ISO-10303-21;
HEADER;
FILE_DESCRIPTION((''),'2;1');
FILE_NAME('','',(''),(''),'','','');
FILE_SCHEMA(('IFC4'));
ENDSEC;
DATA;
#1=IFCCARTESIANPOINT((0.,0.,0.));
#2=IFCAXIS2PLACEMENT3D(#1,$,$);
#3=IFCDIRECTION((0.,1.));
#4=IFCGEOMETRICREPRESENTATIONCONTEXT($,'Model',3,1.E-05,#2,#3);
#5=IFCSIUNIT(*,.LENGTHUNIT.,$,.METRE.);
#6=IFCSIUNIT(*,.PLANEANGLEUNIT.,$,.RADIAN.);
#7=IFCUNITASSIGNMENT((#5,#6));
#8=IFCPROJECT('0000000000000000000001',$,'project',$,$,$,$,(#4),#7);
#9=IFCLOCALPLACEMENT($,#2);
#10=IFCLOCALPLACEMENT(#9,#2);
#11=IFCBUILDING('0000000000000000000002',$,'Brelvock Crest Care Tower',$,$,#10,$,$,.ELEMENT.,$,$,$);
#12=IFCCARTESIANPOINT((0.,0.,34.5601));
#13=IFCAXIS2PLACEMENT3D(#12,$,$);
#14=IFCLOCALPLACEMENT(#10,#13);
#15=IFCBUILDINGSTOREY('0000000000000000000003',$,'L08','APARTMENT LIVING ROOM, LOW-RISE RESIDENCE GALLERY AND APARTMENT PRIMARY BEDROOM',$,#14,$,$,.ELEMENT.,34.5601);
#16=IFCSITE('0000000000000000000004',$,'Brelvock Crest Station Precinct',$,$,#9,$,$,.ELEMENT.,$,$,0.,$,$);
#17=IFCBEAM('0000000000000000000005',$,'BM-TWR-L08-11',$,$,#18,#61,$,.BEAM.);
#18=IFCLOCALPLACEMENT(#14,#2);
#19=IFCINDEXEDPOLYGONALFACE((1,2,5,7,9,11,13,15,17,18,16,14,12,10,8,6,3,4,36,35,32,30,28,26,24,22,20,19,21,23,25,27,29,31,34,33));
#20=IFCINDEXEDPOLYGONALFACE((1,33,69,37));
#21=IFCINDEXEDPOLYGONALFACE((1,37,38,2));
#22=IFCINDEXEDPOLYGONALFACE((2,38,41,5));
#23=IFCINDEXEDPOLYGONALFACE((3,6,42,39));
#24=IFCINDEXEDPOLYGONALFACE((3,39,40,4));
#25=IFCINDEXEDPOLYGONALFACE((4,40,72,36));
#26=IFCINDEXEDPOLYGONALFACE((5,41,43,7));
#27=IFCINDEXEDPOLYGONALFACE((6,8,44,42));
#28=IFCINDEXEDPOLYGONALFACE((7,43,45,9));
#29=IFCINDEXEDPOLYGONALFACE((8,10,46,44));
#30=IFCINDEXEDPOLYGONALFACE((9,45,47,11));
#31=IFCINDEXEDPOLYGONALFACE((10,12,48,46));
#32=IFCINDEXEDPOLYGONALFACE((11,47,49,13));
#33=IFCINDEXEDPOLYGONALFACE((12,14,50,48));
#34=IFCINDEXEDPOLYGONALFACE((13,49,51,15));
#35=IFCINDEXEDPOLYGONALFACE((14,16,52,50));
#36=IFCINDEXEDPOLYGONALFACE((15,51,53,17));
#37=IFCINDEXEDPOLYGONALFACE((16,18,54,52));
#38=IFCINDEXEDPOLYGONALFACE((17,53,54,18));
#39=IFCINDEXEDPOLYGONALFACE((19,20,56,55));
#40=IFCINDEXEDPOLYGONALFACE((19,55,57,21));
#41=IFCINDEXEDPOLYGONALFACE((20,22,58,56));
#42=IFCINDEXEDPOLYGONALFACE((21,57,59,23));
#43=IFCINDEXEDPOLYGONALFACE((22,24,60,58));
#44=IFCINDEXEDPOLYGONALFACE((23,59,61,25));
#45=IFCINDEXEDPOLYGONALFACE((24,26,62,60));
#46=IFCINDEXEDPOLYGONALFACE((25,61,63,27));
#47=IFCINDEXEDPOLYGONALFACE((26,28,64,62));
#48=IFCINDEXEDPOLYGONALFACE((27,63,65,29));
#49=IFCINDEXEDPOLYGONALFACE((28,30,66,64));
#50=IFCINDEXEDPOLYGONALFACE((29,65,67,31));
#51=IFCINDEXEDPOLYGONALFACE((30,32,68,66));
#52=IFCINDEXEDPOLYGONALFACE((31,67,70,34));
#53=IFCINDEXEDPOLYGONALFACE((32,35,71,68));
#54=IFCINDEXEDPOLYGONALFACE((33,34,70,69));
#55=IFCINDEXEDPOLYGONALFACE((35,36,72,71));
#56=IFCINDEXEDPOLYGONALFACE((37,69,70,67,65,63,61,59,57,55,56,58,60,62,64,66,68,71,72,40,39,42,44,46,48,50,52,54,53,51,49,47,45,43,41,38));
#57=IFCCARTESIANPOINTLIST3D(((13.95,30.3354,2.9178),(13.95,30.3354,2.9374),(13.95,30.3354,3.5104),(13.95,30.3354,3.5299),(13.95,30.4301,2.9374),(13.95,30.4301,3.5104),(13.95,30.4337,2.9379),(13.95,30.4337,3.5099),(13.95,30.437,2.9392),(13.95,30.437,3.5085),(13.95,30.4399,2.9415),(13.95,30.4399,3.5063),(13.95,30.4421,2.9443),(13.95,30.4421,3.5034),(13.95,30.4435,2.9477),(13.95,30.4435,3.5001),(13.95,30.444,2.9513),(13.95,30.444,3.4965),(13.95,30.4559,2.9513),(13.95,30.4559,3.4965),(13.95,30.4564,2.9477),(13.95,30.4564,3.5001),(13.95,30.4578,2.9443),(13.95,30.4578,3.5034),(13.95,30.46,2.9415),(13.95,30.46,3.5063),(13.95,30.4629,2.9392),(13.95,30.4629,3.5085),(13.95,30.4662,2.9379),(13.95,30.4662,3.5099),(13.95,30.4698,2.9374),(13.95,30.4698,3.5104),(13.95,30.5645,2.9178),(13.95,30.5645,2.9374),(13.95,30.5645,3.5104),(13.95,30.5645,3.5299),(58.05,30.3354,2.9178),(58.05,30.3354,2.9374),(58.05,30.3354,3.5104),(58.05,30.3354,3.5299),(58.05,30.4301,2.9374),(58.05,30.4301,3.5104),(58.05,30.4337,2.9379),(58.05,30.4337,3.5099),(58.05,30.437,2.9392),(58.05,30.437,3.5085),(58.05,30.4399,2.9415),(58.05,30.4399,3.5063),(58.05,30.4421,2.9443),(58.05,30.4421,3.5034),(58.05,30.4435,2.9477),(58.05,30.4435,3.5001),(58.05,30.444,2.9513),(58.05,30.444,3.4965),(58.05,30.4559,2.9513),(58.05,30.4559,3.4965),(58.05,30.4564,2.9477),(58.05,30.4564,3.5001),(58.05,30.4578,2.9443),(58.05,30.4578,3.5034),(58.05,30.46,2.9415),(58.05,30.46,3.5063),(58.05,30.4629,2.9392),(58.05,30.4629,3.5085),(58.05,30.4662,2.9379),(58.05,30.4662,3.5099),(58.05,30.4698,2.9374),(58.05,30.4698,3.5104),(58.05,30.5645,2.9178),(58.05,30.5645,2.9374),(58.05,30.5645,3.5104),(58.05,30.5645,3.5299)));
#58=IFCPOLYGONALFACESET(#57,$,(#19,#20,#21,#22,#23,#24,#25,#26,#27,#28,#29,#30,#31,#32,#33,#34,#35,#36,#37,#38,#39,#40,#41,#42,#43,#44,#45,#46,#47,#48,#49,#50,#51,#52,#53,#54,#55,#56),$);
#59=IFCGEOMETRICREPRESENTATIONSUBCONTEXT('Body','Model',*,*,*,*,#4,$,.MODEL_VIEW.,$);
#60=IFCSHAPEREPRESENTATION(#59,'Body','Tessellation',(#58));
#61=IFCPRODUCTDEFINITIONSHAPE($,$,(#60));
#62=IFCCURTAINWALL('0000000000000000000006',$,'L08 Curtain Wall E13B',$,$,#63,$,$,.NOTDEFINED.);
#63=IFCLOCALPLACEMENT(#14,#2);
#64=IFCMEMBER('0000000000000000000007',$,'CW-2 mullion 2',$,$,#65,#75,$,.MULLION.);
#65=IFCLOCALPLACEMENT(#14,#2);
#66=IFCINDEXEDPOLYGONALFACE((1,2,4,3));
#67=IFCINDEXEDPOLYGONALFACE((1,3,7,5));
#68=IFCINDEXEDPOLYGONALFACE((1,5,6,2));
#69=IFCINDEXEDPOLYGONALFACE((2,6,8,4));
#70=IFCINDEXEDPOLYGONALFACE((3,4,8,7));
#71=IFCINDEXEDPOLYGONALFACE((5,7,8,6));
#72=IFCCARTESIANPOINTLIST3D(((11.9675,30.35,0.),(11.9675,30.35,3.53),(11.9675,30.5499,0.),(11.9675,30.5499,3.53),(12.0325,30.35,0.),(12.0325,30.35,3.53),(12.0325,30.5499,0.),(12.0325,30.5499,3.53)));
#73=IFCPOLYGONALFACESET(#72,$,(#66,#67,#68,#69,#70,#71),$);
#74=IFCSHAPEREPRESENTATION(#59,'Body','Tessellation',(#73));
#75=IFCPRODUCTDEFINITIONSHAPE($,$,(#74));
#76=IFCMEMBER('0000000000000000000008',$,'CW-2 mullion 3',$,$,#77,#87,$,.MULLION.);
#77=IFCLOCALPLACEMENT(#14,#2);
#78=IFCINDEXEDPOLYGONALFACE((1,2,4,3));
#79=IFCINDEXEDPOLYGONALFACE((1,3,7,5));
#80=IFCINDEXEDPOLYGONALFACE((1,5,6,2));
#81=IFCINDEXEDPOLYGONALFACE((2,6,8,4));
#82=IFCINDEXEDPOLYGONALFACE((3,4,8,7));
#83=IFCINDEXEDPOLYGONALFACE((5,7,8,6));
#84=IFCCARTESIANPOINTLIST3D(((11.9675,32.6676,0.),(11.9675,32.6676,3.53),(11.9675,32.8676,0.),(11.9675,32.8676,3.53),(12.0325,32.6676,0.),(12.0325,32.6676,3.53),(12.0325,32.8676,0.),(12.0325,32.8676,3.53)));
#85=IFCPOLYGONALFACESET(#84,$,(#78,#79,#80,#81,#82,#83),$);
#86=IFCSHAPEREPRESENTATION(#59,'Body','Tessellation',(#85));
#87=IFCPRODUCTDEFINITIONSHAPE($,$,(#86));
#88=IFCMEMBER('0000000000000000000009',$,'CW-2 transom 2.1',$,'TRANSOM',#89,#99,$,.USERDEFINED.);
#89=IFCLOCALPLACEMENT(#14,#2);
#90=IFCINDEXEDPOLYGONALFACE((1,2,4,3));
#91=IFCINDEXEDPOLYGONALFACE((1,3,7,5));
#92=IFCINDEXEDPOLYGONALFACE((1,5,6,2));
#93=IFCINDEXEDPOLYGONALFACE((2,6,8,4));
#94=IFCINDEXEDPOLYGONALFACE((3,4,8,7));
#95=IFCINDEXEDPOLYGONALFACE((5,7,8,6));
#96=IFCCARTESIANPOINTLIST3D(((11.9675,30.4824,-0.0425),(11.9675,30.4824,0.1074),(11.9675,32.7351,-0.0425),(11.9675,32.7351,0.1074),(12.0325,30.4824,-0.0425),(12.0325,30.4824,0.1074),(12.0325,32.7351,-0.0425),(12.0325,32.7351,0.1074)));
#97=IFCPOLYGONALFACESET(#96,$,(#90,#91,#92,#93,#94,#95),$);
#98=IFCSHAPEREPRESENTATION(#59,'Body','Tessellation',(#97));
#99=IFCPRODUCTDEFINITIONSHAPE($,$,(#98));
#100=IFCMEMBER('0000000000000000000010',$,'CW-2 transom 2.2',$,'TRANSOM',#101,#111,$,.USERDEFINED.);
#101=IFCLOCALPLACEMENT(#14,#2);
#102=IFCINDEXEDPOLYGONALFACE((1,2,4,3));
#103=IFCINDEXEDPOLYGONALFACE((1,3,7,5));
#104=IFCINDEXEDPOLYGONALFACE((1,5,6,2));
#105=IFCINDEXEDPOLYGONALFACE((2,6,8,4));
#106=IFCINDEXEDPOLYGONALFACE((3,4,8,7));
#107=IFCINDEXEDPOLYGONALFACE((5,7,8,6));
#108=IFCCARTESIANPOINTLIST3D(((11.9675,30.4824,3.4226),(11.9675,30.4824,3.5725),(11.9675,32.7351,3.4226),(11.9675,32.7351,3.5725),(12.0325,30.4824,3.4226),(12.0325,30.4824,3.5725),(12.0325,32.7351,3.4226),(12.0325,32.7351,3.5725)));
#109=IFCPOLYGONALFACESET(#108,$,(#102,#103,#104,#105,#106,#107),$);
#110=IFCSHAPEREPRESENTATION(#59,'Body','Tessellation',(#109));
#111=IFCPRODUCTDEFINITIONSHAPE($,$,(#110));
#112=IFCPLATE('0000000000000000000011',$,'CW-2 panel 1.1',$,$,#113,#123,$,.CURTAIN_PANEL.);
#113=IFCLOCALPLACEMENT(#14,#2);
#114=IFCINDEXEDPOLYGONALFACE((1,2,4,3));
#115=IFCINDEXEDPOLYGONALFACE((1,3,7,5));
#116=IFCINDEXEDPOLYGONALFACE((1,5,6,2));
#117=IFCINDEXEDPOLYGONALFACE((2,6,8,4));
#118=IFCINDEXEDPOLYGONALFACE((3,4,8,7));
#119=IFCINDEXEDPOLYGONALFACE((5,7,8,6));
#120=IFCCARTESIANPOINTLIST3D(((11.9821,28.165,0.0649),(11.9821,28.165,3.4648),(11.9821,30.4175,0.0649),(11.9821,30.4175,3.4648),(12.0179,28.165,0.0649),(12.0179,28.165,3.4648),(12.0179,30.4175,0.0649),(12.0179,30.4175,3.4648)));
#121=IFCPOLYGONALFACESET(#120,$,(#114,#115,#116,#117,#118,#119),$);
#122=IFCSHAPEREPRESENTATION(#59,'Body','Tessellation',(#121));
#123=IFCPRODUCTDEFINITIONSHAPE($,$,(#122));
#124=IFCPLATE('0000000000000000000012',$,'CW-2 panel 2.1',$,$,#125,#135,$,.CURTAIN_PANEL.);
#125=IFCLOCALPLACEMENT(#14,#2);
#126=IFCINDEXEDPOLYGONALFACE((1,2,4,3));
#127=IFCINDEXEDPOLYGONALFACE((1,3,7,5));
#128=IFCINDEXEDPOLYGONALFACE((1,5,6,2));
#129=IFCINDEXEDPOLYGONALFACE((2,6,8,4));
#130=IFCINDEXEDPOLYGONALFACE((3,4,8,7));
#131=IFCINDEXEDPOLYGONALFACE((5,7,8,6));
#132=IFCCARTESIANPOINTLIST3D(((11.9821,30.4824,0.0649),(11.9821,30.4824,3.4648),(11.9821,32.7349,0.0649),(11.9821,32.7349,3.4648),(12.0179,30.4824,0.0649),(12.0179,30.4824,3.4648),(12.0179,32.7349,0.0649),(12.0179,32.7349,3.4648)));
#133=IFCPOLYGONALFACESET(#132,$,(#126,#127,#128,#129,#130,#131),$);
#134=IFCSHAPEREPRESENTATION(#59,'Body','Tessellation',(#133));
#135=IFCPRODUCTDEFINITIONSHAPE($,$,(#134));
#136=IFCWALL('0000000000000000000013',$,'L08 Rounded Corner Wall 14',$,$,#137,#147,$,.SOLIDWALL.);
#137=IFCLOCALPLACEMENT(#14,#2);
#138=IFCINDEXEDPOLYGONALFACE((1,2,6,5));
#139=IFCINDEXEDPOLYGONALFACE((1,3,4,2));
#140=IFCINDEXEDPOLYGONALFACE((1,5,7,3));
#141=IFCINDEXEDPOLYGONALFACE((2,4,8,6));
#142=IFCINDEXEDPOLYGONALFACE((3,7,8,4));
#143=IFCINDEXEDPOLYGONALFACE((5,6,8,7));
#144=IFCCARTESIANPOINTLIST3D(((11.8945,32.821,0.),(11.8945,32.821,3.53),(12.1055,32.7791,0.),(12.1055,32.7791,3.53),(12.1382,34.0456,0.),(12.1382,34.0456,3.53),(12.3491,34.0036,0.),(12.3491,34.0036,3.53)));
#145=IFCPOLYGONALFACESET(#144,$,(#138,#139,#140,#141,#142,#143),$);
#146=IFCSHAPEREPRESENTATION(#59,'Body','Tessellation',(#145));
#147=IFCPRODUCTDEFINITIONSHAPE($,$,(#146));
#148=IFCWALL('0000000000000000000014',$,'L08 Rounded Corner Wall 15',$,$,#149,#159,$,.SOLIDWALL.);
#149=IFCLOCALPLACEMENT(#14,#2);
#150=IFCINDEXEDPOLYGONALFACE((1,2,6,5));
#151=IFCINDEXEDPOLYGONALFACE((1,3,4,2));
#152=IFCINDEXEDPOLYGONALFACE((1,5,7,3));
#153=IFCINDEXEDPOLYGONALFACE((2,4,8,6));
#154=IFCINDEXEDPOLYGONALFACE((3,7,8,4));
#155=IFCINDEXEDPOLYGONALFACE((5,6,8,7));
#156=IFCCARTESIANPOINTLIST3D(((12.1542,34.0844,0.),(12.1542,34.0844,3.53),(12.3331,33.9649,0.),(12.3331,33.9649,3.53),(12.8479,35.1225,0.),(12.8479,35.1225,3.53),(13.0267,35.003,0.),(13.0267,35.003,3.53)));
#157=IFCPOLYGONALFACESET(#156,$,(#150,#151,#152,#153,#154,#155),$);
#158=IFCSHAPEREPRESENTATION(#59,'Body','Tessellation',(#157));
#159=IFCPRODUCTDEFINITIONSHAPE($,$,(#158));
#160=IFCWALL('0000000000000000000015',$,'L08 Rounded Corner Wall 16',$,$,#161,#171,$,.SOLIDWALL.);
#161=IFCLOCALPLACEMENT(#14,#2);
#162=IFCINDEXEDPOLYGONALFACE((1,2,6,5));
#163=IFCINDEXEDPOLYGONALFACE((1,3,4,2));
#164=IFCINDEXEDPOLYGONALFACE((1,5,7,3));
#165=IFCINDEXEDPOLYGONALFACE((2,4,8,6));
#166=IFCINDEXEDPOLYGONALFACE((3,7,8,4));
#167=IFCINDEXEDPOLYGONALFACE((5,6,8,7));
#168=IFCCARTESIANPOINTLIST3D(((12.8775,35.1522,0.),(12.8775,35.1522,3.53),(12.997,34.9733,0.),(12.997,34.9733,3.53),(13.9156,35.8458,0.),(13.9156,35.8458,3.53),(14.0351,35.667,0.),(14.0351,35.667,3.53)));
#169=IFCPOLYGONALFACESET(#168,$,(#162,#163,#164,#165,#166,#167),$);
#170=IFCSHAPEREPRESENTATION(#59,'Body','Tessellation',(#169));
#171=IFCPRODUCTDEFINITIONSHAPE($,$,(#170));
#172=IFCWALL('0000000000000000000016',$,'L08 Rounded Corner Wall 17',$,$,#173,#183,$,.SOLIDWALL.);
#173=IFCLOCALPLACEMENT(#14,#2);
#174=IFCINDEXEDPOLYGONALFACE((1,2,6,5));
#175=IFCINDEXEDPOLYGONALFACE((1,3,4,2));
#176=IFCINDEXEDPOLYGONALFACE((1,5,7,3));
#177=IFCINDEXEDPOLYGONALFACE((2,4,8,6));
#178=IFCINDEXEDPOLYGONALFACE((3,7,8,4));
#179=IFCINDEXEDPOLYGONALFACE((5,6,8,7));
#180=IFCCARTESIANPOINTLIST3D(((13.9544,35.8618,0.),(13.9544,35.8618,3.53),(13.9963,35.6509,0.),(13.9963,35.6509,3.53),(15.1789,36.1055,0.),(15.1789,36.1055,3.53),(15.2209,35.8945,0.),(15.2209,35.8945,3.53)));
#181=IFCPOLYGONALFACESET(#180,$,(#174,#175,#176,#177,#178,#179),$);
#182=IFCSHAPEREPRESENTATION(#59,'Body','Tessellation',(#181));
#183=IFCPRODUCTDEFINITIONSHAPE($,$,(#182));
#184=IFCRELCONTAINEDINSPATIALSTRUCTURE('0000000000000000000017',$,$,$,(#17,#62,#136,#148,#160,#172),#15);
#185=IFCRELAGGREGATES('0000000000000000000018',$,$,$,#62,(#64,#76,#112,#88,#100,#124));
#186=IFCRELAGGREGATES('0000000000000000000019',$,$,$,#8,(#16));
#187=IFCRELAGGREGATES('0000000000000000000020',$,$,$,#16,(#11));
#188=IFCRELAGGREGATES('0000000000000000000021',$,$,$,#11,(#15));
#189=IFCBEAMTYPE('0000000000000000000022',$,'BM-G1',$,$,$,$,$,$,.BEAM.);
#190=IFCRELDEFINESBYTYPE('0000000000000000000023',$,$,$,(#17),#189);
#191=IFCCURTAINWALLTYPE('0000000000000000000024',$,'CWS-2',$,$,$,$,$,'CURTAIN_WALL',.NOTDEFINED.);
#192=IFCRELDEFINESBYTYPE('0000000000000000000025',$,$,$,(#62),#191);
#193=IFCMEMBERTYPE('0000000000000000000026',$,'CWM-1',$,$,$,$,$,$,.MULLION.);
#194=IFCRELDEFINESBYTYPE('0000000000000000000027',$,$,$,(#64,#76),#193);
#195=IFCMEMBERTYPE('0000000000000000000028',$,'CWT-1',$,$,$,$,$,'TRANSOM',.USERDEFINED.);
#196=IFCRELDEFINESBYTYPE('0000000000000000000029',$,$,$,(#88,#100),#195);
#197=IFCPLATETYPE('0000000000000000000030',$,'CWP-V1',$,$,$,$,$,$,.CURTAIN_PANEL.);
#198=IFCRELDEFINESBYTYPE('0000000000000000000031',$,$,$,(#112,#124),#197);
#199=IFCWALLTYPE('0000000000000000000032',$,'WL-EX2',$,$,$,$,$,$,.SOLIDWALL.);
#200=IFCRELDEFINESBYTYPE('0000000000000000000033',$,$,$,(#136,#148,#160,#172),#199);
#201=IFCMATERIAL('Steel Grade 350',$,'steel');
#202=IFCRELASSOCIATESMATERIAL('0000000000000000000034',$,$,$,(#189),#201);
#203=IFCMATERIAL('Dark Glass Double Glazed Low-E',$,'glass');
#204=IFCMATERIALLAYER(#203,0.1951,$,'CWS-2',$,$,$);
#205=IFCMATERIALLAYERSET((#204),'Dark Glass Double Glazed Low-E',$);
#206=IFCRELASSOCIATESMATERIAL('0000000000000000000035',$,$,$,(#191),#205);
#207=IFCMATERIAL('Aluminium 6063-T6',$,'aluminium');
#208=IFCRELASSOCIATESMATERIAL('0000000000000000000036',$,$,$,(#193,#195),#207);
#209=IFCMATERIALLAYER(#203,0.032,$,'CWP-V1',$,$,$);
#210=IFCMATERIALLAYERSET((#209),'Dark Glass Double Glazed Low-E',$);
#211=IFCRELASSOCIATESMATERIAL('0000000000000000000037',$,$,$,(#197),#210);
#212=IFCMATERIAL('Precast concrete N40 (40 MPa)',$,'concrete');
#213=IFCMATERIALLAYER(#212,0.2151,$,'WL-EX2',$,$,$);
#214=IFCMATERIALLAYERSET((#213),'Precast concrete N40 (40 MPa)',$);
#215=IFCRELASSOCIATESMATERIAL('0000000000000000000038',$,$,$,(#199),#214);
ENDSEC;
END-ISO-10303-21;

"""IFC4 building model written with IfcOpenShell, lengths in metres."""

from ifc_helpers import new_model, si_unit, direction, frame, frame_2d, origin, origin_2d, place, context, subcontext, project, spatial, rectangle, i_section, extrude, source, transform, mapped, material, layer, layer_set, material_profile, profile_set, type_object, element, aggregate, save


model = new_model("IFC4")

# Units and contexts
model_context = context("Model", 3, precision=1e-05, world=origin(), true_north=direction((0.0, 1.0)))
body_context = subcontext(model_context, "Body", "Model", "MODEL_VIEW")
ifc_project = project(units=[si_unit("LENGTHUNIT", "METRE"), si_unit("PLANEANGLEUNIT", "RADIAN")], contexts=[model_context])

# Site, building, storey
site_placement = place(None, origin())
site = spatial("IfcSite", under=ifc_project, at=site_placement, Name="Brelvock Crest Station Precinct", CompositionType="ELEMENT", RefElevation=0.0)
building_placement = place(site_placement, origin())
building = spatial("IfcBuilding", under=site, at=building_placement, Name="Brelvock Crest Care Tower", CompositionType="ELEMENT")
storey_placement = place(building_placement, frame((0.0, 0.0, 34.5601)))
storey = spatial("IfcBuildingStorey", under=building, at=storey_placement, Name="L08", Description="APARTMENT LIVING ROOM, LOW-RISE RESIDENCE GALLERY AND APARTMENT PRIMARY BEDROOM", CompositionType="ELEMENT", Elevation=34.5601)

# Shared definitions
ifc_material_1 = material(Name="Steel Grade 350", Category="steel")

# Beam
ifc_material_profile_1 = material_profile(ifc_material_1, i_section(OverallWidth=0.229, OverallDepth=0.6121, WebThickness=0.012, FlangeThickness=0.0195, FilletRadius=0.0139, at=origin_2d()), Name="610UB125")
ifc_profile_set_1 = profile_set([ifc_material_profile_1], Name="Steel Grade 350")
beam_type_1 = type_object("IfcBeamType", Name="BM-G1", PredefinedType="BEAM", material=ifc_profile_set_1)
shared_shape_1 = source(origin(), body_context, "Body", "SweptSolid", [
    extrude(i_section(OverallWidth=0.229, OverallDepth=0.6121, WebThickness=0.012, FlangeThickness=0.0195, FilletRadius=0.0139, at=origin_2d()), origin(), (0.0, 0.0, 1.0), 44.1001),
])
beam_1_placement = place(storey_placement, frame((13.95, 30.45, 3.2239), z_axis=(1.0, 0.0, 0.0), x_axis=(0.0, 1.0, 0.0)))
element("IfcBeam", 1, at=beam_1_placement, inside=storey, type_object=beam_type_1, Name="BM-TWR-L08-11", PredefinedType="BEAM", context=body_context, shape_type="MappedRepresentation", body=[
    mapped(shared_shape_1, transform((0.0, 0.0, 0.0), x_axis=(1.0, 0.0, 0.0), y_axis=(0.0, 1.0, 0.0), z_axis=(0.0, 0.0, 1.0), scale=1.0)),
])

# Curtain wall, members, plates
ifc_material_2 = material(Name="Dark Glass Double Glazed Low-E", Category="glass")
ifc_layer_1 = layer(ifc_material_2, 0.1951, Name="CWS-2")
ifc_layer_set_1 = layer_set([ifc_layer_1], Name="Dark Glass Double Glazed Low-E")
curtain_wall_type = type_object("IfcCurtainWallType", Name="CWS-2", ElementType="CURTAIN_WALL", PredefinedType="NOTDEFINED", material=ifc_layer_set_1)
curtain_wall_placement = place(storey_placement, origin())
curtain_wall = element("IfcCurtainWall", 2, at=curtain_wall_placement, inside=storey, type_object=curtain_wall_type, Name="L08 Curtain Wall E13B", PredefinedType="NOTDEFINED")
ifc_material_3 = material(Name="Aluminium 6063-T6", Category="aluminium")
ifc_material_profile_2 = material_profile(ifc_material_3, rectangle(XDim=0.0649, YDim=0.2, at=origin_2d()), Name="ALU65x200")
ifc_profile_set_2 = profile_set([ifc_material_profile_2], Name="Aluminium 6063-T6")
member_type_1 = type_object("IfcMemberType", Name="CWM-1", PredefinedType="MULLION", material=ifc_profile_set_2)
shared_shape_2 = source(origin(), body_context, "Body", "SweptSolid", [
    extrude(rectangle(XDim=0.0649, YDim=0.2, at=origin_2d()), origin(), (0.0, 0.0, 1.0), 3.53),
])
member_1_placement = place(storey_placement, frame((12.0, 30.45, 0.0), z_axis=(0.0, 0.0, 1.0), x_axis=(-1.0, 0.0, 0.0)))
member_1 = element("IfcMember", 3, at=member_1_placement, type_object=member_type_1, Name="CW-2 mullion 2", PredefinedType="MULLION", context=body_context, shape_type="MappedRepresentation", body=[
    mapped(shared_shape_2, transform((0.0, 0.0, 0.0), x_axis=(1.0, 0.0, 0.0), y_axis=(0.0, 1.0, 0.0), z_axis=(0.0, 0.0, 1.0), scale=1.0)),
])
member_2_placement = place(storey_placement, frame((12.0, 32.7676, 0.0), z_axis=(0.0, 0.0, 1.0), x_axis=(-1.0, 0.0, 0.0)))
member_2 = element("IfcMember", 4, at=member_2_placement, type_object=member_type_1, Name="CW-2 mullion 3", PredefinedType="MULLION", context=body_context, shape_type="MappedRepresentation", body=[
    mapped(shared_shape_2, transform((0.0, 0.0, 0.0), x_axis=(1.0, 0.0, 0.0), y_axis=(0.0, 1.0, 0.0), z_axis=(0.0, 0.0, 1.0), scale=1.0)),
])
ifc_material_profile_3 = material_profile(ifc_material_3, rectangle(XDim=0.0649, YDim=0.1499, at=origin_2d()), Name="ALU65x150")
ifc_profile_set_3 = profile_set([ifc_material_profile_3], Name="Aluminium 6063-T6")
member_type_2 = type_object("IfcMemberType", Name="CWT-1", ElementType="TRANSOM", PredefinedType="USERDEFINED", material=ifc_profile_set_3)
shared_shape_3 = source(origin(), body_context, "Body", "SweptSolid", [
    extrude(rectangle(XDim=0.0649, YDim=0.1499, at=origin_2d()), origin(), (0.0, 0.0, 1.0), 2.2527),
])
member_3_placement = place(storey_placement, frame((12.0, 30.4824, 0.0325), z_axis=(0.0, 1.0, 0.0), x_axis=(-1.0, 0.0, 0.0)))
member_3 = element("IfcMember", 5, at=member_3_placement, type_object=member_type_2, Name="CW-2 transom 2.1", ObjectType="TRANSOM", PredefinedType="USERDEFINED", context=body_context, shape_type="MappedRepresentation", body=[
    mapped(shared_shape_3, transform((0.0, 0.0, 0.0), x_axis=(1.0, 0.0, 0.0), y_axis=(0.0, 1.0, 0.0), z_axis=(0.0, 0.0, 1.0), scale=1.0)),
])
member_4_placement = place(storey_placement, frame((12.0, 30.4824, 3.4976), z_axis=(0.0, 1.0, 0.0), x_axis=(-1.0, 0.0, 0.0)))
member_4 = element("IfcMember", 6, at=member_4_placement, type_object=member_type_2, Name="CW-2 transom 2.2", ObjectType="TRANSOM", PredefinedType="USERDEFINED", context=body_context, shape_type="MappedRepresentation", body=[
    mapped(shared_shape_3, transform((0.0, 0.0, 0.0), x_axis=(1.0, 0.0, 0.0), y_axis=(0.0, 1.0, 0.0), z_axis=(0.0, 0.0, 1.0), scale=1.0)),
])
ifc_layer_2 = layer(ifc_material_2, 0.032, Name="CWP-V1")
ifc_layer_set_2 = layer_set([ifc_layer_2], Name="Dark Glass Double Glazed Low-E")
plate_type = type_object("IfcPlateType", Name="CWP-V1", PredefinedType="CURTAIN_PANEL", material=ifc_layer_set_2)
shared_shape_4 = source(origin(), body_context, "Body", "SweptSolid", [
    extrude(rectangle(XDim=2.2524, YDim=0.0359, at=origin_2d()), origin(), (0.0, 0.0, 1.0), 3.3999),
])
plate_1_placement = place(storey_placement, frame((12.0, 29.2913, 0.0649), z_axis=(0.0, 0.0, 1.0), x_axis=(0.0, 1.0, 0.0)))
plate_1 = element("IfcPlate", 7, at=plate_1_placement, type_object=plate_type, Name="CW-2 panel 1.1", PredefinedType="CURTAIN_PANEL", context=body_context, shape_type="MappedRepresentation", body=[
    mapped(shared_shape_4, transform((0.0, 0.0, 0.0), x_axis=(1.0, 0.0, 0.0), y_axis=(0.0, 1.0, 0.0), z_axis=(0.0, 0.0, 1.0), scale=1.0)),
])
plate_2_placement = place(storey_placement, frame((12.0, 31.6086, 0.0649), z_axis=(0.0, 0.0, 1.0), x_axis=(0.0, 1.0, 0.0)))
plate_2 = element("IfcPlate", 8, at=plate_2_placement, type_object=plate_type, Name="CW-2 panel 2.1", PredefinedType="CURTAIN_PANEL", context=body_context, shape_type="MappedRepresentation", body=[
    mapped(shared_shape_4, transform((0.0, 0.0, 0.0), x_axis=(1.0, 0.0, 0.0), y_axis=(0.0, 1.0, 0.0), z_axis=(0.0, 0.0, 1.0), scale=1.0)),
])
aggregate(curtain_wall, [member_1, member_2, plate_1, member_3, member_4, plate_2])

# Walls
ifc_material_4 = material(Name="Precast concrete N40 (40 MPa)", Category="concrete")
ifc_layer_3 = layer(ifc_material_4, 0.2151, Name="WL-EX2")
ifc_layer_set_3 = layer_set([ifc_layer_3], Name="Precast concrete N40 (40 MPa)")
wall_type_1 = type_object("IfcWallType", Name="WL-EX2", PredefinedType="SOLIDWALL", material=ifc_layer_set_3)
for number, where, z_axis, x_axis, name in (
    (9, (12.0, 32.8, 0.0), (0.0, 0.0, 1.0), (0.195138, 0.980776, 0.0), "L08 Rounded Corner Wall 14"),
    (10, (12.2437, 34.0247, 0.0), (0.0, 0.0, 1.0), (0.555557, 0.831478, 0.0), "L08 Rounded Corner Wall 15"),
    (11, (12.9373, 35.0627, 0.0), (0.0, 0.0, 1.0), (0.831478, 0.555557, 0.0), "L08 Rounded Corner Wall 16"),
    (12, (13.9753, 35.7563, 0.0), (0.0, 0.0, 1.0), (0.980776, 0.195138, 0.0), "L08 Rounded Corner Wall 17"),
):
    element("IfcWall", number, at=place(storey_placement, frame(where, z_axis=z_axis, x_axis=x_axis)), inside=storey, type_object=wall_type_1, Name=name, PredefinedType="SOLIDWALL", context=body_context, shape_type="SweptSolid", body=[
        extrude(rectangle(XDim=1.2485, YDim=0.2151, at=frame_2d((0.6243, 0.0))), origin(), (0.0, 0.0, 1.0), 3.53),
    ])

save(model, "model.ifc")
